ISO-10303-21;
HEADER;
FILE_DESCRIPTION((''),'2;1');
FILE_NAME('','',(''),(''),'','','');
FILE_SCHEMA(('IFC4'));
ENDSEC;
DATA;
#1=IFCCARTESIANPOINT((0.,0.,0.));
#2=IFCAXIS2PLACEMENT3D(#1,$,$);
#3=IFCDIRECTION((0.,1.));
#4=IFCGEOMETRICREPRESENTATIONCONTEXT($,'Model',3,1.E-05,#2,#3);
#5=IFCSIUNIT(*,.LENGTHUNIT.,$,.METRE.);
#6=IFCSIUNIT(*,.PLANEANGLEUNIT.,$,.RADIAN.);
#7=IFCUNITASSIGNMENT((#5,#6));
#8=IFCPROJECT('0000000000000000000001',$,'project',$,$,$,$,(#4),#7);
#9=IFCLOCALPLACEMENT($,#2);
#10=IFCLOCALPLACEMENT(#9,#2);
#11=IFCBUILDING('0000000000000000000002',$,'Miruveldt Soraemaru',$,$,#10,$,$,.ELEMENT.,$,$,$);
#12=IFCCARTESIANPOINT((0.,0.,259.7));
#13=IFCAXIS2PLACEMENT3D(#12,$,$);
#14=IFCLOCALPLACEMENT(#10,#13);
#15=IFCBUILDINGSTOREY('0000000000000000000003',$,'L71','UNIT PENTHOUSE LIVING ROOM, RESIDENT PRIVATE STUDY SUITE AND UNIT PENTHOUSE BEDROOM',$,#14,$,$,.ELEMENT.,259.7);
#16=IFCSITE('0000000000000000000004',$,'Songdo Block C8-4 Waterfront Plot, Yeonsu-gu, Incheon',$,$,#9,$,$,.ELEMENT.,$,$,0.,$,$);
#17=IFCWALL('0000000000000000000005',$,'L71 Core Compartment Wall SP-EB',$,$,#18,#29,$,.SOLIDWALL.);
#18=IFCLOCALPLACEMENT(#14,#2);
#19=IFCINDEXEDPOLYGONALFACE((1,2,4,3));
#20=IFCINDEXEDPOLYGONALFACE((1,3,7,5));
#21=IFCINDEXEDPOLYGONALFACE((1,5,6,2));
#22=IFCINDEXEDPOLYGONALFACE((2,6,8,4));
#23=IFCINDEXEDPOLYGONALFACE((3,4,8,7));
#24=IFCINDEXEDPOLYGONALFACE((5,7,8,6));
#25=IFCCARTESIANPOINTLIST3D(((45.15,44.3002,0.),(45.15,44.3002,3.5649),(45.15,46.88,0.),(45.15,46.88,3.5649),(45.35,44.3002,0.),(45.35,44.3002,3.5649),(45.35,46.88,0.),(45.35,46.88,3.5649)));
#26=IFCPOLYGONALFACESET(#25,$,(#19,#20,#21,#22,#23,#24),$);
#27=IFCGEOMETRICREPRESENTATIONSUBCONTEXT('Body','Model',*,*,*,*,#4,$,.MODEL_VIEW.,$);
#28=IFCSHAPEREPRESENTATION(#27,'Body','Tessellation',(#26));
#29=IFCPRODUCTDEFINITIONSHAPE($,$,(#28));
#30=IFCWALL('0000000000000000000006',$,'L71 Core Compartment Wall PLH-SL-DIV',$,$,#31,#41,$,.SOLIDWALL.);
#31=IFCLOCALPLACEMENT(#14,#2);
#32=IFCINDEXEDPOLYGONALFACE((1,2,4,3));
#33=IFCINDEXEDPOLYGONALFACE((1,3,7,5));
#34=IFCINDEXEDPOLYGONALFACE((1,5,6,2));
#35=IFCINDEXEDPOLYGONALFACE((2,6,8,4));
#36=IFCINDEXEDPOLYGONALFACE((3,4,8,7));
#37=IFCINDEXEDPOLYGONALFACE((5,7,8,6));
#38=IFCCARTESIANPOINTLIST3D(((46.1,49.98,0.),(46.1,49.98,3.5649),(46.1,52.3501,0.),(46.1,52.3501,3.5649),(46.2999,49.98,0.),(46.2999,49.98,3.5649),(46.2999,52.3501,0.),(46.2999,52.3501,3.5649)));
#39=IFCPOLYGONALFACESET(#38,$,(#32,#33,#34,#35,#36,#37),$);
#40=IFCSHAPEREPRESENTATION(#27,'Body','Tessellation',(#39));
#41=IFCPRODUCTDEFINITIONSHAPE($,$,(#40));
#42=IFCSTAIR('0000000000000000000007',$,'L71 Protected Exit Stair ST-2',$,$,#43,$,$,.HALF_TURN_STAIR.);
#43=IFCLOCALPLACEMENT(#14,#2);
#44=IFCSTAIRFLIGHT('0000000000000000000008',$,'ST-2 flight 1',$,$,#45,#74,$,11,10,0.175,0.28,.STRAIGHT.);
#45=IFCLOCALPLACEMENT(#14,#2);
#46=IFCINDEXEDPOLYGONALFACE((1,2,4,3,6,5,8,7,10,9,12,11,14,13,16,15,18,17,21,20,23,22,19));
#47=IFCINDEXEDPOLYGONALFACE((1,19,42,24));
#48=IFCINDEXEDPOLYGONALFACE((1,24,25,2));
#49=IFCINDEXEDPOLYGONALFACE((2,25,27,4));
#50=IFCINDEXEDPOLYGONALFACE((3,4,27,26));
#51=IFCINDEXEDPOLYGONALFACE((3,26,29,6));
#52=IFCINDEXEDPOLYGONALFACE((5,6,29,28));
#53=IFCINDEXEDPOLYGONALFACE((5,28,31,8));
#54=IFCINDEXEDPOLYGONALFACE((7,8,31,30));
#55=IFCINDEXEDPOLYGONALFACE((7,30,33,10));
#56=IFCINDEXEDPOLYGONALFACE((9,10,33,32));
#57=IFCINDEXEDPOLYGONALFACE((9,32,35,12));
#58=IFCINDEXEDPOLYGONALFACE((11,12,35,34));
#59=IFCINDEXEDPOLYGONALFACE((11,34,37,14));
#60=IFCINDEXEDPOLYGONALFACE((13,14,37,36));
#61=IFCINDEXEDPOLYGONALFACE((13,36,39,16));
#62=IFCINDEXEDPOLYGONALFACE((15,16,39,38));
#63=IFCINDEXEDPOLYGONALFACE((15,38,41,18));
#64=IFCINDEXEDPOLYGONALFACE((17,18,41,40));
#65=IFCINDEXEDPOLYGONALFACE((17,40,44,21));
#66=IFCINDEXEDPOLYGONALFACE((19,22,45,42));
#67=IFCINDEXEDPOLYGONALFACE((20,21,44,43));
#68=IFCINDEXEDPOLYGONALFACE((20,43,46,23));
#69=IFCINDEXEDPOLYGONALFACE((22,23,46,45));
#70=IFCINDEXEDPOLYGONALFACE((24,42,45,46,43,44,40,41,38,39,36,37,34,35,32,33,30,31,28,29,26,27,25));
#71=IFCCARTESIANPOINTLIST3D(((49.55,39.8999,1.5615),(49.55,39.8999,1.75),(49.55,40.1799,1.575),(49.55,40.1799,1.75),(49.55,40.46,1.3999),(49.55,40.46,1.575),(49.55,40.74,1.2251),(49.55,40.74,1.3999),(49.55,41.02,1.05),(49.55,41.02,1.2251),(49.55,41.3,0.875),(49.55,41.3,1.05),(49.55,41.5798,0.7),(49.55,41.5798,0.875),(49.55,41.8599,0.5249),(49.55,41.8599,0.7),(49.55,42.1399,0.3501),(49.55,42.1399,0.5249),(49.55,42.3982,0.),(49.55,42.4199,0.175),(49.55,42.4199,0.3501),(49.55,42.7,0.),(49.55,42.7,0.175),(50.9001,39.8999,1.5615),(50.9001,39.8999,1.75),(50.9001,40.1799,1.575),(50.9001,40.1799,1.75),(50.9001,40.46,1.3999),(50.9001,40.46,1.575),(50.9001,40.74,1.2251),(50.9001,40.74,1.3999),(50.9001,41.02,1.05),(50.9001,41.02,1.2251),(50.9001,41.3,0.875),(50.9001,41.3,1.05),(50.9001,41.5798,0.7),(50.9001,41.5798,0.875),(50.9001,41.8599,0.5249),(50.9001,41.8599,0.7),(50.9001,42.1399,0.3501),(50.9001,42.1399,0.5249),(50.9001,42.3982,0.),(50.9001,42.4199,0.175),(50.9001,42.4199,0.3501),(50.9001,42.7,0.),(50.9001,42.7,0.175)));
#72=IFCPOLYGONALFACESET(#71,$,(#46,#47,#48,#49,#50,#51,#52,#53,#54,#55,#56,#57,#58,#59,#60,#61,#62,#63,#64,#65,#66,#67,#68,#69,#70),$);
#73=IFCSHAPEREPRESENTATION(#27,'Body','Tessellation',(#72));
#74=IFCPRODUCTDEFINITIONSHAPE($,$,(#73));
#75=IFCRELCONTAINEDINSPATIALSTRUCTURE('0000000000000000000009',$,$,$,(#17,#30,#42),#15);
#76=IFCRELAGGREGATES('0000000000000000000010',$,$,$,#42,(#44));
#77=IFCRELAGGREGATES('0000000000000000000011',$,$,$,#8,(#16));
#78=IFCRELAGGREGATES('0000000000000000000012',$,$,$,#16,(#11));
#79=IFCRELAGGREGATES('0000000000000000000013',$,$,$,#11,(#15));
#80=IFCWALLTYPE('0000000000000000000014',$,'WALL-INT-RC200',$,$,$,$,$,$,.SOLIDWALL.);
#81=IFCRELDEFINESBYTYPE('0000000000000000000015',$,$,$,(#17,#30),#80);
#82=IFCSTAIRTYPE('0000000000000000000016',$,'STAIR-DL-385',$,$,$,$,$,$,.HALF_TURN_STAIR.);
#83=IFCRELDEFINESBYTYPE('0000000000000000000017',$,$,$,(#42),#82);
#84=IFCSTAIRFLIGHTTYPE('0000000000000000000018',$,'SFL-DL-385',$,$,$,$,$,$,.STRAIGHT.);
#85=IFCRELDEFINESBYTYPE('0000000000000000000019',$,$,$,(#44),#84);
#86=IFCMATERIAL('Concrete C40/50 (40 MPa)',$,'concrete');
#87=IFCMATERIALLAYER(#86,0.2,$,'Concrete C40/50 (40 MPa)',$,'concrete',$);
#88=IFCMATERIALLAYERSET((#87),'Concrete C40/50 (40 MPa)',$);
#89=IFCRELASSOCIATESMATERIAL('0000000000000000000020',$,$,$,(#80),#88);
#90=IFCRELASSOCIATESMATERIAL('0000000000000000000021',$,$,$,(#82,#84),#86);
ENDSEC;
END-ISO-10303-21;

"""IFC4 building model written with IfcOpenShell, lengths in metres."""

from ifc_helpers import new_model, si_unit, direction, frame, frame_2d, origin, place, context, subcontext, project, spatial, polyline, rectangle, outline, extrude, material, layer, layer_set, type_object, element, aggregate, save


model = new_model("IFC4")

# Units and contexts
model_context = context("Model", 3, precision=1e-05, world=origin(), true_north=direction((0.0, 1.0)))
body_context = subcontext(model_context, "Body", "Model", "MODEL_VIEW")
ifc_project = project(units=[si_unit("LENGTHUNIT", "METRE"), si_unit("PLANEANGLEUNIT", "RADIAN")], contexts=[model_context])

# Site, building, storey
site_placement = place(None, origin())
site = spatial("IfcSite", under=ifc_project, at=site_placement, Name="Songdo Block C8-4 Waterfront Plot, Yeonsu-gu, Incheon", CompositionType="ELEMENT", RefElevation=0.0)
building_placement = place(site_placement, origin())
building = spatial("IfcBuilding", under=site, at=building_placement, Name="Miruveldt Soraemaru", CompositionType="ELEMENT")
storey_placement = place(building_placement, frame((0.0, 0.0, 259.7)))
storey = spatial("IfcBuildingStorey", under=building, at=storey_placement, Name="L71", Description="UNIT PENTHOUSE LIVING ROOM, RESIDENT PRIVATE STUDY SUITE AND UNIT PENTHOUSE BEDROOM", CompositionType="ELEMENT", Elevation=259.7)

# Shared definitions
ifc_material_1 = material(Name="Concrete C40/50 (40 MPa)", Category="concrete")
ifc_layer_1 = layer(ifc_material_1, 0.2, Name="Concrete C40/50 (40 MPa)", Category="concrete")
ifc_layer_set_1 = layer_set([ifc_layer_1], Name="Concrete C40/50 (40 MPa)")
wall_type_1 = type_object("IfcWallType", Name="WALL-INT-RC200", PredefinedType="SOLIDWALL", material=ifc_layer_set_1)

# Walls
wall_1_placement = place(storey_placement, frame((45.25, 44.3, 0.0), z_axis=(0.0, 0.0, 1.0), x_axis=(0.0, 1.0, 0.0)))
element("IfcWall", 1, at=wall_1_placement, inside=storey, type_object=wall_type_1, Name="L71 Core Compartment Wall SP-EB", PredefinedType="SOLIDWALL", context=body_context, shape_type="SweptSolid", body=[
    extrude(rectangle(XDim=2.5798, YDim=0.2, at=frame_2d((1.29, 0.0))), origin(), (0.0, 0.0, 1.0), 3.5649),
])
wall_2_placement = place(storey_placement, frame((46.2, 49.98, 0.0), z_axis=(0.0, 0.0, 1.0), x_axis=(0.0, 1.0, 0.0)))
element("IfcWall", 2, at=wall_2_placement, inside=storey, type_object=wall_type_1, Name="L71 Core Compartment Wall PLH-SL-DIV", PredefinedType="SOLIDWALL", context=body_context, shape_type="SweptSolid", body=[
    extrude(rectangle(XDim=2.3701, YDim=0.2, at=frame_2d((1.1851, 0.0))), origin(), (0.0, 0.0, 1.0), 3.5649),
])

# Stair, stair flight
stair_type = type_object("IfcStairType", Name="STAIR-DL-385", PredefinedType="HALF_TURN_STAIR", material=ifc_material_1)
stair_placement = place(storey_placement, origin())
stair = element("IfcStair", 3, at=stair_placement, inside=storey, type_object=stair_type, Name="L71 Protected Exit Stair ST-2", PredefinedType="HALF_TURN_STAIR")
stair_flight_type = type_object("IfcStairFlightType", Name="SFL-DL-385", PredefinedType="STRAIGHT", material=ifc_material_1)
stair_flight_placement = place(storey_placement, frame((50.2251, 42.7, 0.0), z_axis=(0.0, 0.0, 1.0), x_axis=(0.0, -1.0, 0.0)))
stair_flight = element("IfcStairFlight", 4, at=stair_flight_placement, type_object=stair_flight_type, Name="ST-2 flight 1", NumberOfRisers=11, NumberOfTreads=10, PredefinedType="STRAIGHT", RiserHeight=0.175, TreadLength=0.28, context=body_context, shape_type="SweptSolid", body=[
    extrude(outline(polyline([(0.0, 0.0), (0.0, 0.175), (0.28, 0.175), (0.28, 0.3501), (0.5601, 0.3501), (0.5601, 0.5249), (0.8401, 0.5249), (0.8401, 0.7), (1.1201, 0.7), (1.1201, 0.875), (1.3999, 0.875), (1.3999, 1.05), (1.6799, 1.05), (1.6799, 1.2251), (1.96, 1.2251), (1.96, 1.3999), (2.24, 1.3999), (2.24, 1.575), (2.52, 1.575), (2.52, 1.75), (2.8, 1.75), (2.8, 1.925), (2.8, 1.5615), (0.3018, 0.0), (0.0, 0.0)])), frame((0.0, 0.675, 0.0), z_axis=(0.0, -1.0, 0.0), x_axis=(1.0, 0.0, 0.0)), (0.0, 0.0, 1.0), 1.3501),
])
aggregate(stair, [stair_flight])

save(model, "model.ifc")
